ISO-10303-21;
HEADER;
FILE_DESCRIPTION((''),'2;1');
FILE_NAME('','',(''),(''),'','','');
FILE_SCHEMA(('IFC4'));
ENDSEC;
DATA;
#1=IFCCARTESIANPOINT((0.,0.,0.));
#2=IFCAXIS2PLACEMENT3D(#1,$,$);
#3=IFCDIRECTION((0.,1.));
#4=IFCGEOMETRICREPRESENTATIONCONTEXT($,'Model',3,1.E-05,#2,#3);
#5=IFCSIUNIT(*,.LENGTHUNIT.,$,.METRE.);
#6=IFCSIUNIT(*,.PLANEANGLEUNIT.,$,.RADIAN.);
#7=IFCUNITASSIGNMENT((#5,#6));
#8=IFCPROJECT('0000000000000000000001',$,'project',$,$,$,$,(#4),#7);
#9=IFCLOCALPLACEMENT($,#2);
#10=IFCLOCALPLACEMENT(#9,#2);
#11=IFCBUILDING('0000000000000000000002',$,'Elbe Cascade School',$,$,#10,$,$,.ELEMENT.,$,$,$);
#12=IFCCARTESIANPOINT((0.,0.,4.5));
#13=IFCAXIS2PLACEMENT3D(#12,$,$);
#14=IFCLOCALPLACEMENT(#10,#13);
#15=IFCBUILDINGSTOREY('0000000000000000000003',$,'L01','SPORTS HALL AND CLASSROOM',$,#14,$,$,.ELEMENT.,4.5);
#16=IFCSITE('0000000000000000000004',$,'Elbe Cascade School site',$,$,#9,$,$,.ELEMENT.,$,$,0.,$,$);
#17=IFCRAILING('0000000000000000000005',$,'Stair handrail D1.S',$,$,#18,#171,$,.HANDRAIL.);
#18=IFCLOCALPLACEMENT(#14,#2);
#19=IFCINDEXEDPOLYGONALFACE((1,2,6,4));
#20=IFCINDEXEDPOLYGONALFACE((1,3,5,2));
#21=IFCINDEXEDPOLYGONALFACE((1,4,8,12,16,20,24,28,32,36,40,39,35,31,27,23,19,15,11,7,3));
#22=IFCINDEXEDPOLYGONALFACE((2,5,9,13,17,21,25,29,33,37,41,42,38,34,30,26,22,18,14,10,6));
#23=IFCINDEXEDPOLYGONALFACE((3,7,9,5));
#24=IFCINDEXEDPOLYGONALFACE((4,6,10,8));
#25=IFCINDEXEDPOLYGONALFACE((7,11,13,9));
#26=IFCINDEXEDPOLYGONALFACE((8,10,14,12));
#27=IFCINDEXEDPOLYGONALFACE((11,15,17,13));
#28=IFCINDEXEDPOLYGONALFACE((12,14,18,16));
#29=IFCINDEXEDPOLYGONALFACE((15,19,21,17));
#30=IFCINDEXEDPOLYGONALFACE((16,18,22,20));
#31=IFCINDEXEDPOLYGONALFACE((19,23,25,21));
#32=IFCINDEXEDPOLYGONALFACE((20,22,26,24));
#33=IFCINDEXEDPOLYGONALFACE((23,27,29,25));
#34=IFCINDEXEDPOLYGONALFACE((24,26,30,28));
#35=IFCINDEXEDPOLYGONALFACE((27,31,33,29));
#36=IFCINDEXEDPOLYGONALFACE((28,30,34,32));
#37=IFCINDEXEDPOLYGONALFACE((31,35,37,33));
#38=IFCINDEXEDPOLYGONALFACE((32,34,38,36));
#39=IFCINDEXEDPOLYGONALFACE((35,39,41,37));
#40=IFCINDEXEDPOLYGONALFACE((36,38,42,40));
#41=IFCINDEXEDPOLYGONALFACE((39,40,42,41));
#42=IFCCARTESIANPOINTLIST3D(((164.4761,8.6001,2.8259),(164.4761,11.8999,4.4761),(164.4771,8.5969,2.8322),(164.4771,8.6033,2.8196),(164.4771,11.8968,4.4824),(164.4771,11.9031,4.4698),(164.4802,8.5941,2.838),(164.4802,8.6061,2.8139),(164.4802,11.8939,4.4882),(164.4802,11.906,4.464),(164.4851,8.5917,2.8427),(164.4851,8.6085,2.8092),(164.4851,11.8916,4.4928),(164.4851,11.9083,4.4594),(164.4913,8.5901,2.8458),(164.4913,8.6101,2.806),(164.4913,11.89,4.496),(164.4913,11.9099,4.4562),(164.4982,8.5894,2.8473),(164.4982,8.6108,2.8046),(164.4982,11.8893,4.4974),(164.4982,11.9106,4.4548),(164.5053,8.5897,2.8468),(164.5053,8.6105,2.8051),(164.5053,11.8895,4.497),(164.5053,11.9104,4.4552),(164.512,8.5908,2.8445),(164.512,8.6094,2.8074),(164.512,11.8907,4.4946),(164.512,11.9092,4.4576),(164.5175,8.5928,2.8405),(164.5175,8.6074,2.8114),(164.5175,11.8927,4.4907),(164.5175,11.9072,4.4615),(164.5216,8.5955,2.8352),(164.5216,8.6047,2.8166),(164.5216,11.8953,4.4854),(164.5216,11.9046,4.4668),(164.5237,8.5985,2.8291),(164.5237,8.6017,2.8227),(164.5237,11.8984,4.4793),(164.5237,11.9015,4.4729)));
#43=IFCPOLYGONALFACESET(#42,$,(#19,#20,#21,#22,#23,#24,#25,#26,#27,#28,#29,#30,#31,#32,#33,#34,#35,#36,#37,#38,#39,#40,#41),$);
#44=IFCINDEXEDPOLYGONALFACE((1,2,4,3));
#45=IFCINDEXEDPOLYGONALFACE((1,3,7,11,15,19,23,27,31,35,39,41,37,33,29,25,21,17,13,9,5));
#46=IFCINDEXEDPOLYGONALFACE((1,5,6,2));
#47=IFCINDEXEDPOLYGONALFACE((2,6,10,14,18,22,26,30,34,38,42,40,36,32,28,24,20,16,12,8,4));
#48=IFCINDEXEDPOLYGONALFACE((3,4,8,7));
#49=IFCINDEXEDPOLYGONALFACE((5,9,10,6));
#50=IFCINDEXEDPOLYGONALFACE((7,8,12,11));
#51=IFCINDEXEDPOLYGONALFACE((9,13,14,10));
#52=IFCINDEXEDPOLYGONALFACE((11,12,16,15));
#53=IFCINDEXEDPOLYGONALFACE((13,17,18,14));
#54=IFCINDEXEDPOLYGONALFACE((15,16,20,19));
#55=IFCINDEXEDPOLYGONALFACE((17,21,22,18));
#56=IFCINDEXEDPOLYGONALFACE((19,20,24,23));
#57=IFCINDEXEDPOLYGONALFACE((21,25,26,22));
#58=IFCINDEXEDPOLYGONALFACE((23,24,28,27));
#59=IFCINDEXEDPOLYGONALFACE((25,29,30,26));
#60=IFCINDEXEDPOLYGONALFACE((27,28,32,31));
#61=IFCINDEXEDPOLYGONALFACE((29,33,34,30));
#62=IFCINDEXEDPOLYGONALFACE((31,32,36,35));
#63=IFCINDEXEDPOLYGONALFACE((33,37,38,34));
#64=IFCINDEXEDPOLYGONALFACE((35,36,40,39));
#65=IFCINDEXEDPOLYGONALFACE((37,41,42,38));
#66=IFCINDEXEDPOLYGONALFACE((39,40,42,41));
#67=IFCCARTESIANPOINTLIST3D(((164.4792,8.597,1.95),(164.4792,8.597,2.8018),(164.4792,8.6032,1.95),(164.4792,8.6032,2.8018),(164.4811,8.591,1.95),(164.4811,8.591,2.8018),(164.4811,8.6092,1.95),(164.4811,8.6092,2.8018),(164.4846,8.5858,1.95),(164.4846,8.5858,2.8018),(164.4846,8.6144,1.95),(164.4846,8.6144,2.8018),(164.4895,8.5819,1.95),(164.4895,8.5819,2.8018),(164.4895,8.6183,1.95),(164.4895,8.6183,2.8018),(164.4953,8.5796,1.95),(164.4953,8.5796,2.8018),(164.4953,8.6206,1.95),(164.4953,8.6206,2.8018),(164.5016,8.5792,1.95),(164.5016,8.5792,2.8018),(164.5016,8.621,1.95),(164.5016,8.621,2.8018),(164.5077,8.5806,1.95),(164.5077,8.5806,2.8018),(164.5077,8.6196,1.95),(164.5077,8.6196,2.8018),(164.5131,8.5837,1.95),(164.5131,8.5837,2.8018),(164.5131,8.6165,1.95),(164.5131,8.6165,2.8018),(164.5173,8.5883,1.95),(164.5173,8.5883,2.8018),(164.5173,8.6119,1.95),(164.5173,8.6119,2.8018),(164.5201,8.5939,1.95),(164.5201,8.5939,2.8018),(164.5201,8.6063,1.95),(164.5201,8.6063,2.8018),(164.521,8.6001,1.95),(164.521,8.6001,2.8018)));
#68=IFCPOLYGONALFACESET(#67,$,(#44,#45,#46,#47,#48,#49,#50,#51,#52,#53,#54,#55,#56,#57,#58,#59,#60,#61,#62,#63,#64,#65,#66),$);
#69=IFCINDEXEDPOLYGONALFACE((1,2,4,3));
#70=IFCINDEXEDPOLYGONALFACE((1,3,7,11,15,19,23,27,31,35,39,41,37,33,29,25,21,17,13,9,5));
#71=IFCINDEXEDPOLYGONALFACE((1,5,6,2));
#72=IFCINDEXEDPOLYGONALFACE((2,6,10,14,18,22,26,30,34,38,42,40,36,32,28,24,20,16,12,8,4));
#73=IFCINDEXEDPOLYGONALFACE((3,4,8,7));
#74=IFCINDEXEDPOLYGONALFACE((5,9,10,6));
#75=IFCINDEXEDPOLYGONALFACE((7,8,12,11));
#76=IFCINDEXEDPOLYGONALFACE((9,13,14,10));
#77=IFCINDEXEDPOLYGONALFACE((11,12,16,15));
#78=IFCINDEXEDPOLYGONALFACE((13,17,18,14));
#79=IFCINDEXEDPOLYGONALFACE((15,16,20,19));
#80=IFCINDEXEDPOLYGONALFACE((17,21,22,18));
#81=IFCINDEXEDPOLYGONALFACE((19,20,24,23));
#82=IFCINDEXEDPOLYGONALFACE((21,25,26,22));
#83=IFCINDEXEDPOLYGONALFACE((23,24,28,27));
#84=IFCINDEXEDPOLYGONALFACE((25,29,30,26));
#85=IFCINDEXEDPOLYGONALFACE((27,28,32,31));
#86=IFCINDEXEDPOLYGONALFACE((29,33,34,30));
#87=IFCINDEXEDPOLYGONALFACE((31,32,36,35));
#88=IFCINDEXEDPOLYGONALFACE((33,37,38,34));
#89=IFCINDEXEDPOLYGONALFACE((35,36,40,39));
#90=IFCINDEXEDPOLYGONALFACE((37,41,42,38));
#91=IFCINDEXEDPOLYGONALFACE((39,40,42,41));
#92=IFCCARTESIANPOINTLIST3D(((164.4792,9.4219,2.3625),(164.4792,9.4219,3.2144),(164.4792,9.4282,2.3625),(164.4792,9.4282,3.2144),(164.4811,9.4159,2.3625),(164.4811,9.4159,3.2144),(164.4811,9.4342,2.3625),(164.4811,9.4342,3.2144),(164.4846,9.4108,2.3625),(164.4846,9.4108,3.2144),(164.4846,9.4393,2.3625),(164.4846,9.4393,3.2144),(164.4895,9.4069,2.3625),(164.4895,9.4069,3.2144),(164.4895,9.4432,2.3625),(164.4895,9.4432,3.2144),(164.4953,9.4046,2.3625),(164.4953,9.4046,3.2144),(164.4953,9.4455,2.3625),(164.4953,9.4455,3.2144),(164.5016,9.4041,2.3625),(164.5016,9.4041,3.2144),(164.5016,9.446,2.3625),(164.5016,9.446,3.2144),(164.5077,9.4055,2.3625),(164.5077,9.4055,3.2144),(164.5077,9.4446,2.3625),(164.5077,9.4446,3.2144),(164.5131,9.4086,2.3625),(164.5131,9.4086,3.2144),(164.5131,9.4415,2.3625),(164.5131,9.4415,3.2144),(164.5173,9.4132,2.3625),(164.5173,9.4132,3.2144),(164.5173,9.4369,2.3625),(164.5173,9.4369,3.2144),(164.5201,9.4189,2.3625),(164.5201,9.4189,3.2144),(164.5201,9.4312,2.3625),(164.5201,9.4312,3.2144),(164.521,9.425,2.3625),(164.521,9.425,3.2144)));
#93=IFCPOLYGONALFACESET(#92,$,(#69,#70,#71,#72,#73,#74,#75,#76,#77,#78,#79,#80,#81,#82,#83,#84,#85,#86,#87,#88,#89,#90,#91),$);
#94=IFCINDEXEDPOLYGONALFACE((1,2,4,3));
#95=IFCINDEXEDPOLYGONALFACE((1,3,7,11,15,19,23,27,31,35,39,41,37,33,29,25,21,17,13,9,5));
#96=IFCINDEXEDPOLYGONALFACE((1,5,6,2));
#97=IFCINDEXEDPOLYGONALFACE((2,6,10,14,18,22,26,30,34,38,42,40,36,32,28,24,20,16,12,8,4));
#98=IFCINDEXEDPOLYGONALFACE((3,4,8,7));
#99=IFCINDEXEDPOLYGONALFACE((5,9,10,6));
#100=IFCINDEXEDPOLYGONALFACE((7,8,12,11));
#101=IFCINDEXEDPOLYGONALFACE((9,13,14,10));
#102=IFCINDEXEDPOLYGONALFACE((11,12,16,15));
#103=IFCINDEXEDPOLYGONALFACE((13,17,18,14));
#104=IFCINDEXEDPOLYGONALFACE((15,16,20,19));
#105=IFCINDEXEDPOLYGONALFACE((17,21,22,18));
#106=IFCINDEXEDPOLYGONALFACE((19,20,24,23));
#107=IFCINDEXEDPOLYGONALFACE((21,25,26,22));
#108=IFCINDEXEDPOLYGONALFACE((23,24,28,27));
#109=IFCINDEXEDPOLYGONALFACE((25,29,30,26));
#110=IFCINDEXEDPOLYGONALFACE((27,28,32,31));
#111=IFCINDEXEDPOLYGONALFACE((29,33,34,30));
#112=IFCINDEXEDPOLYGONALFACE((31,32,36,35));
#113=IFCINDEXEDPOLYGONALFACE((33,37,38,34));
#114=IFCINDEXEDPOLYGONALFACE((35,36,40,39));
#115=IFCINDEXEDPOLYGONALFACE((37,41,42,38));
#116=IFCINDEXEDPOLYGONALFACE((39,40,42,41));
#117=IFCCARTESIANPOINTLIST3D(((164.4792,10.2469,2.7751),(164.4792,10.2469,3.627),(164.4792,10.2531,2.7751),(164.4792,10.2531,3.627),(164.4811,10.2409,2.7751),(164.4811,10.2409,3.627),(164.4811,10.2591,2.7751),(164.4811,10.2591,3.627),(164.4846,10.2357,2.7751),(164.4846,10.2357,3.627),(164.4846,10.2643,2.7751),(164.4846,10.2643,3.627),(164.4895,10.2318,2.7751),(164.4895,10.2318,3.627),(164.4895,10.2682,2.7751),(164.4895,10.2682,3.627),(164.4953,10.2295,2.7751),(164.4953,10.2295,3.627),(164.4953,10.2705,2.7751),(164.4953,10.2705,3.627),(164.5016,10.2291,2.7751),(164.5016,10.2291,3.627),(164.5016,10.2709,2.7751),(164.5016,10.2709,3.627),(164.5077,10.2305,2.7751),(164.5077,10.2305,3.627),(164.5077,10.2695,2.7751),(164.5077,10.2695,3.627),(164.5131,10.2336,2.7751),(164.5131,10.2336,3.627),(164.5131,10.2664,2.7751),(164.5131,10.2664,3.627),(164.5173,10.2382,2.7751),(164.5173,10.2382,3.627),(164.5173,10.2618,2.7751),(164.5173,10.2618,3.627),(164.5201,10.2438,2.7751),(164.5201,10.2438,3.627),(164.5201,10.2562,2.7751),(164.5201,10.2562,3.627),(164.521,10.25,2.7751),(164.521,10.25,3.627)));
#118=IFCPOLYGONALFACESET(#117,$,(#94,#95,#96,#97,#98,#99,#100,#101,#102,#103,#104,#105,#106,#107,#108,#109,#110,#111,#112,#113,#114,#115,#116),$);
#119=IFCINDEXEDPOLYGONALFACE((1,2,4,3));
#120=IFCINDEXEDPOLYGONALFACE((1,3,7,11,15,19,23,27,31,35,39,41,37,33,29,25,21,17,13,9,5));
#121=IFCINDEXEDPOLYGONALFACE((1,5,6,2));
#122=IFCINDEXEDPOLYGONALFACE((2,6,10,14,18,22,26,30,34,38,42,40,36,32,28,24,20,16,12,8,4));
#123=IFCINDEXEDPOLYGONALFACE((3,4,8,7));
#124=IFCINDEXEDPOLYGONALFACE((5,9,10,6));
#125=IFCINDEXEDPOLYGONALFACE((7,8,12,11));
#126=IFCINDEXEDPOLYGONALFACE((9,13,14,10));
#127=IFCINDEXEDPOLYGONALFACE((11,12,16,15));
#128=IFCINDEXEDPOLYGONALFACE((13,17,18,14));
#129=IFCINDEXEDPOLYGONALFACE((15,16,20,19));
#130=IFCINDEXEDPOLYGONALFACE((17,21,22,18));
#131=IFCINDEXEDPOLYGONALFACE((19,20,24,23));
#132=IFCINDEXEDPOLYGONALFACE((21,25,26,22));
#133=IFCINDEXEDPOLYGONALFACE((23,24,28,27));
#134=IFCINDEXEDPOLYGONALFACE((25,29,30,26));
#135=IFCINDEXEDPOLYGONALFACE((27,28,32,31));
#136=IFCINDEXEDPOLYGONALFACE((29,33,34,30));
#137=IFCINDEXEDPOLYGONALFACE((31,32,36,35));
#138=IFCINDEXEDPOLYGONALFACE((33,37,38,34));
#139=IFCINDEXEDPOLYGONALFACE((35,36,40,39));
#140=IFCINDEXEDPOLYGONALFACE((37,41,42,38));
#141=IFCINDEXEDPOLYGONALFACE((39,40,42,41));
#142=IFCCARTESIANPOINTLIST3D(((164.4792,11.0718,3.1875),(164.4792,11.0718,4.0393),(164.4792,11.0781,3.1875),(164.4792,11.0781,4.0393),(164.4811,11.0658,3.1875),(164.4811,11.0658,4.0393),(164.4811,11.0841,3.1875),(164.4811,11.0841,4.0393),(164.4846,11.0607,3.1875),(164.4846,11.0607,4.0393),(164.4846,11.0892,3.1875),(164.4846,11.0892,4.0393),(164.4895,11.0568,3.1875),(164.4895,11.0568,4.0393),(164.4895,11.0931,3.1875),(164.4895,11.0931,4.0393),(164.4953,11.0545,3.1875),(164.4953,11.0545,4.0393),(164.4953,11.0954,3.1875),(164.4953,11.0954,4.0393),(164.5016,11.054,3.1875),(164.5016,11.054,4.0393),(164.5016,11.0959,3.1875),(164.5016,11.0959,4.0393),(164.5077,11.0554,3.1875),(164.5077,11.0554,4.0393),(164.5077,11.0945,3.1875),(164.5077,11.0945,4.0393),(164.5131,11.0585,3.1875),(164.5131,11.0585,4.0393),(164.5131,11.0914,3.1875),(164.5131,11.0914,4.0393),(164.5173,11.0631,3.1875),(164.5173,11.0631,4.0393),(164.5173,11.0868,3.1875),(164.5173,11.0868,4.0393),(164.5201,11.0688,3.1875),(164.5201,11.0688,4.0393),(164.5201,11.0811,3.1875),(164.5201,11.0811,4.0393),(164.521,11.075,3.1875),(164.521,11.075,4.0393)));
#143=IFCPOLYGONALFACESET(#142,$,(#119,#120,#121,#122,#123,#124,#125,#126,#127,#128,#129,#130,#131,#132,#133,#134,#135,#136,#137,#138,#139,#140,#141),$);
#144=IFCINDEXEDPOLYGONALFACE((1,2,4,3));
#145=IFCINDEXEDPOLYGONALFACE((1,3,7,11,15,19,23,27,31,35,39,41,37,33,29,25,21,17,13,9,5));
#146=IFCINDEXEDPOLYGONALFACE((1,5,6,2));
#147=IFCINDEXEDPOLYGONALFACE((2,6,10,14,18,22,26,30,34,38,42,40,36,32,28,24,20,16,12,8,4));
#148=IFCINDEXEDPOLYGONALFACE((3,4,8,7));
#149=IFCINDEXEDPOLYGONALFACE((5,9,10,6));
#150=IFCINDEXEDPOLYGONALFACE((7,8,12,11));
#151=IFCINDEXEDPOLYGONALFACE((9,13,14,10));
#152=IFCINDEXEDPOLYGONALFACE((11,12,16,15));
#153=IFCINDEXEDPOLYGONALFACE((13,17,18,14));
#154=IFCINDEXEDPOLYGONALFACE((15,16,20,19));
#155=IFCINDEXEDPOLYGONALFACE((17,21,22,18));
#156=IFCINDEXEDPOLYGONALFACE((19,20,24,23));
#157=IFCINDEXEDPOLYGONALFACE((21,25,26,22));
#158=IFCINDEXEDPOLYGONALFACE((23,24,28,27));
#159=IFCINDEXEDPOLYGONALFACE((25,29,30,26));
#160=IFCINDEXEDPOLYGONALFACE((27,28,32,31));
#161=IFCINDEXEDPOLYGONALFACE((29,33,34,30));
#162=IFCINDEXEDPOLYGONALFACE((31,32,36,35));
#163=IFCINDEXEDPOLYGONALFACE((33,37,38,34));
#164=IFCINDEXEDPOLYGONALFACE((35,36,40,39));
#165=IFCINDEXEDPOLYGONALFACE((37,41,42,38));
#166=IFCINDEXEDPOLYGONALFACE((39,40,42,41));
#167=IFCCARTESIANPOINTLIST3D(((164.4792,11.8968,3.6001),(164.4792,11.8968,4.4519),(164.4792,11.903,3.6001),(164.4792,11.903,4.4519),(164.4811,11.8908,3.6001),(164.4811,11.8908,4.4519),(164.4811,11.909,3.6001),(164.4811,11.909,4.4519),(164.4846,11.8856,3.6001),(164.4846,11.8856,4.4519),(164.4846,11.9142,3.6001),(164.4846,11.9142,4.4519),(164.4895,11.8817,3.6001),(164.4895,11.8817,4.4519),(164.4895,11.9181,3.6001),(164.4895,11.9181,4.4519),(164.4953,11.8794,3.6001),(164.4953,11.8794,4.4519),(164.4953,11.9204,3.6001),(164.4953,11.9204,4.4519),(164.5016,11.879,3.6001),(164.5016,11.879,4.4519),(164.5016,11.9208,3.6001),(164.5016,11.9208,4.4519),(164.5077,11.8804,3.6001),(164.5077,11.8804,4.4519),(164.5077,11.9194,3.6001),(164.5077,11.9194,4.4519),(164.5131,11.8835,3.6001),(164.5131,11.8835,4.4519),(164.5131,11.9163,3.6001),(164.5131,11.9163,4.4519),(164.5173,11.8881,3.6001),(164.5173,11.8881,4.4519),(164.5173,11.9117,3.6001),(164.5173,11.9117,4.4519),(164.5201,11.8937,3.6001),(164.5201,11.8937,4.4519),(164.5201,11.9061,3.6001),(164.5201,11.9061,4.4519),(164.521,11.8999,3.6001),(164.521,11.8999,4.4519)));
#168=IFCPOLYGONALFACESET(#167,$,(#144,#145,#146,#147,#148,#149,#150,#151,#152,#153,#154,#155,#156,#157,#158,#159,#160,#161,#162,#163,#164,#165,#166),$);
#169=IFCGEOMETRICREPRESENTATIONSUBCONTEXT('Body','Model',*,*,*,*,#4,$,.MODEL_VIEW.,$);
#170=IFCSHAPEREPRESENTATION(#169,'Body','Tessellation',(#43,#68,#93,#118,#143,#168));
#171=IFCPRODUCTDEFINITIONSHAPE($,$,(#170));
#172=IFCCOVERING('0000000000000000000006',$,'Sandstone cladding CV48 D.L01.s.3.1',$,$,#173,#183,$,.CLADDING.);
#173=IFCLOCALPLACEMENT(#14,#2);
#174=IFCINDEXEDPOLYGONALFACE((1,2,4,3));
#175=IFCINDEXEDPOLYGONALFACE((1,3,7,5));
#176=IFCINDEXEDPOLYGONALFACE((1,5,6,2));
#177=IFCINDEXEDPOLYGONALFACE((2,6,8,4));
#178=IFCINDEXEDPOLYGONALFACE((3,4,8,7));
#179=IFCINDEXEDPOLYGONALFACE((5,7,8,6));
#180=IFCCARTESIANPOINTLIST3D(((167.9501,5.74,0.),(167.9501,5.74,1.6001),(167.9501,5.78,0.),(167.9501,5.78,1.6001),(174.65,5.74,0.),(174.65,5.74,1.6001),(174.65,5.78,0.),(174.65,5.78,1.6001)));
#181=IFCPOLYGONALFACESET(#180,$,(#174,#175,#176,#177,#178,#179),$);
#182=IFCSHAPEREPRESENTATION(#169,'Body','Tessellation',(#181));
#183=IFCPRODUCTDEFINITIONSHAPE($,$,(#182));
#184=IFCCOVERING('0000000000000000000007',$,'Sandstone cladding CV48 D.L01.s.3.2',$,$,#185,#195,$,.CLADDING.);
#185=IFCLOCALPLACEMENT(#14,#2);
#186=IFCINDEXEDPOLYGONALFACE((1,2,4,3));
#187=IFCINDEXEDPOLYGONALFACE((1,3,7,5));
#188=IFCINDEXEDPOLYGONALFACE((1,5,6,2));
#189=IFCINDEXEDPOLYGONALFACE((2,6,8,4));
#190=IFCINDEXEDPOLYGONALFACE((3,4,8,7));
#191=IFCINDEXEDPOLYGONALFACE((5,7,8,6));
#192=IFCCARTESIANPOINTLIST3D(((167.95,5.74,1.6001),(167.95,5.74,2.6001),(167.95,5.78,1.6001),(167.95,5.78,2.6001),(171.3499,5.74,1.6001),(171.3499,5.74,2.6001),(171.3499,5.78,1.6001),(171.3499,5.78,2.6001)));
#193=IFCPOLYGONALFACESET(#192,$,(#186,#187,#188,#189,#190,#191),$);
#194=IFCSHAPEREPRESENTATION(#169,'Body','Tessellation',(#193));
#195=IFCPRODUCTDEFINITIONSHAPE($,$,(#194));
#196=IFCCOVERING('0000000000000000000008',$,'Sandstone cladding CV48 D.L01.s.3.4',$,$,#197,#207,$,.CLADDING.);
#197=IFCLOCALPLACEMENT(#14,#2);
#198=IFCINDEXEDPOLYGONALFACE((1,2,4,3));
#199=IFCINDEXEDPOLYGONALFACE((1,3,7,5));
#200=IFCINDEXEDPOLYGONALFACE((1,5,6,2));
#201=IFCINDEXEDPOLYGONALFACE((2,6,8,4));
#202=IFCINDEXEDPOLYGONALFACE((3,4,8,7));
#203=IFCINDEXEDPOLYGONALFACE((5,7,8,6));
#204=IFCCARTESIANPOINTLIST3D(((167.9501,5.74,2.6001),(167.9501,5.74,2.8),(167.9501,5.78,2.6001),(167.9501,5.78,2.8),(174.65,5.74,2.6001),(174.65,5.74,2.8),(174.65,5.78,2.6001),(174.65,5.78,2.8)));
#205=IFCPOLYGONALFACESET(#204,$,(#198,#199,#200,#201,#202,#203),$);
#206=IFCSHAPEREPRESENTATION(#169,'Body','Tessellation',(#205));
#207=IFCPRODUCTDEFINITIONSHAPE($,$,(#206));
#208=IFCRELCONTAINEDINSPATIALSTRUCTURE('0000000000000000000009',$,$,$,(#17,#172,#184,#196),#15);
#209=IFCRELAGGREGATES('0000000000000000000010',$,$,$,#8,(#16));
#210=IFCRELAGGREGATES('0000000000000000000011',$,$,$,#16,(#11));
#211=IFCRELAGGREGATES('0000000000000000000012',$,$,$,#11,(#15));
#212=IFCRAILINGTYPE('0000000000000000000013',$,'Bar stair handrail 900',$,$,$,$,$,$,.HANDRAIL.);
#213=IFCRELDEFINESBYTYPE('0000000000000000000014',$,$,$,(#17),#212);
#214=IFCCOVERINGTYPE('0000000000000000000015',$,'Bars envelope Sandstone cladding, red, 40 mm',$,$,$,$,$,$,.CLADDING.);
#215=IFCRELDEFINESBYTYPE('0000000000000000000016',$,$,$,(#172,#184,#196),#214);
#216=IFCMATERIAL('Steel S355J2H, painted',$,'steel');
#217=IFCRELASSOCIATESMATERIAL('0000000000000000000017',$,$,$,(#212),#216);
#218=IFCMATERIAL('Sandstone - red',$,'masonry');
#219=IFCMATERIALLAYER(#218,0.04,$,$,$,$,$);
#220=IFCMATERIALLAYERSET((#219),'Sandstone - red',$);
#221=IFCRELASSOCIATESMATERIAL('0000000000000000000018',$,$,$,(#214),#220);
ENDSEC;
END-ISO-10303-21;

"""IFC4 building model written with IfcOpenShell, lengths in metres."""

from ifc_helpers import new_model, si_unit, direction, frame, origin, origin_2d, place, context, subcontext, project, spatial, rectangle, circle, extrude, material, layer, layer_set, type_object, element, save


model = new_model("IFC4")

# Units and contexts
model_context = context("Model", 3, precision=1e-05, world=origin(), true_north=direction((0.0, 1.0)))
body_context = subcontext(model_context, "Body", "Model", "MODEL_VIEW")
ifc_project = project(units=[si_unit("LENGTHUNIT", "METRE"), si_unit("PLANEANGLEUNIT", "RADIAN")], contexts=[model_context])

# Site, building, storey
site_placement = place(None, origin())
site = spatial("IfcSite", under=ifc_project, at=site_placement, Name="Elbe Cascade School site", CompositionType="ELEMENT", RefElevation=0.0)
building_placement = place(site_placement, origin())
building = spatial("IfcBuilding", under=site, at=building_placement, Name="Elbe Cascade School", CompositionType="ELEMENT")
storey_placement = place(building_placement, frame((0.0, 0.0, 4.5)))
storey = spatial("IfcBuildingStorey", under=building, at=storey_placement, Name="L01", Description="SPORTS HALL AND CLASSROOM", CompositionType="ELEMENT", Elevation=4.5)

# Railing
ifc_material_1 = material(Name="Steel S355J2H, painted", Category="steel")
railing_type_1 = type_object("IfcRailingType", Name="Bar stair handrail 900", PredefinedType="HANDRAIL", material=ifc_material_1)
railing_1_placement = place(storey_placement, frame((164.5, 8.6001, 1.95)))
element("IfcRailing", 1, at=railing_1_placement, inside=storey, type_object=railing_type_1, Name="Stair handrail D1.S", PredefinedType="HANDRAIL", context=body_context, shape_type="SweptSolid", body=[
    extrude(circle(Radius=0.0239, at=origin_2d()), frame((0.0, 0.0, 0.876), z_axis=(0.0, 0.894401, 0.447267), x_axis=(-1.0, 0.0, 0.0)), (0.0, 0.0, 1.0), 3.6895),
    extrude(circle(Radius=0.021, at=origin_2d()), origin(), (0.0, 0.0, 1.0), 0.8518),
    extrude(circle(Radius=0.021, at=origin_2d()), frame((0.0, 0.825, 0.4126)), (0.0, 0.0, 1.0), 0.8518),
    extrude(circle(Radius=0.021, at=origin_2d()), frame((0.0, 1.6499, 0.8252)), (0.0, 0.0, 1.0), 0.8518),
    extrude(circle(Radius=0.021, at=origin_2d()), frame((0.0, 2.4749, 1.2375)), (0.0, 0.0, 1.0), 0.8518),
    extrude(circle(Radius=0.021, at=origin_2d()), frame((0.0, 3.2998, 1.6501)), (0.0, 0.0, 1.0), 0.8518),
])

# Coverings
ifc_material_2 = material(Name="Sandstone - red", Category="masonry")
ifc_layer_1 = layer(ifc_material_2, 0.04)
ifc_layer_set_1 = layer_set([ifc_layer_1], Name="Sandstone - red")
covering_type = type_object("IfcCoveringType", Name="Bars envelope Sandstone cladding, red, 40 mm", PredefinedType="CLADDING", material=ifc_layer_set_1)
covering_1_placement = place(storey_placement, frame((171.3, 5.76, 0.0), z_axis=(0.0, 0.0, 1.0), x_axis=(1.0, 0.0, 0.0)))
element("IfcCovering", 2, at=covering_1_placement, inside=storey, type_object=covering_type, Name="Sandstone cladding CV48 D.L01.s.3.1", PredefinedType="CLADDING", context=body_context, shape_type="SweptSolid", body=[
    extrude(rectangle(XDim=6.7, YDim=0.04, at=origin_2d()), origin(), (0.0, 0.0, 1.0), 1.6001),
])
covering_2_placement = place(storey_placement, frame((169.6499, 5.76, 1.6001), z_axis=(0.0, 0.0, 1.0), x_axis=(1.0, 0.0, 0.0)))
element("IfcCovering", 3, at=covering_2_placement, inside=storey, type_object=covering_type, Name="Sandstone cladding CV48 D.L01.s.3.2", PredefinedType="CLADDING", context=body_context, shape_type="SweptSolid", body=[
    extrude(rectangle(XDim=3.3999, YDim=0.04, at=origin_2d()), origin(), (0.0, 0.0, 1.0), 1.0),
])
covering_3_placement = place(storey_placement, frame((171.3, 5.76, 2.6001), z_axis=(0.0, 0.0, 1.0), x_axis=(1.0, 0.0, 0.0)))
element("IfcCovering", 4, at=covering_3_placement, inside=storey, type_object=covering_type, Name="Sandstone cladding CV48 D.L01.s.3.4", PredefinedType="CLADDING", context=body_context, shape_type="SweptSolid", body=[
    extrude(rectangle(XDim=6.7, YDim=0.04, at=origin_2d()), origin(), (0.0, 0.0, 1.0), 0.2),
])

save(model, "model.ifc")
